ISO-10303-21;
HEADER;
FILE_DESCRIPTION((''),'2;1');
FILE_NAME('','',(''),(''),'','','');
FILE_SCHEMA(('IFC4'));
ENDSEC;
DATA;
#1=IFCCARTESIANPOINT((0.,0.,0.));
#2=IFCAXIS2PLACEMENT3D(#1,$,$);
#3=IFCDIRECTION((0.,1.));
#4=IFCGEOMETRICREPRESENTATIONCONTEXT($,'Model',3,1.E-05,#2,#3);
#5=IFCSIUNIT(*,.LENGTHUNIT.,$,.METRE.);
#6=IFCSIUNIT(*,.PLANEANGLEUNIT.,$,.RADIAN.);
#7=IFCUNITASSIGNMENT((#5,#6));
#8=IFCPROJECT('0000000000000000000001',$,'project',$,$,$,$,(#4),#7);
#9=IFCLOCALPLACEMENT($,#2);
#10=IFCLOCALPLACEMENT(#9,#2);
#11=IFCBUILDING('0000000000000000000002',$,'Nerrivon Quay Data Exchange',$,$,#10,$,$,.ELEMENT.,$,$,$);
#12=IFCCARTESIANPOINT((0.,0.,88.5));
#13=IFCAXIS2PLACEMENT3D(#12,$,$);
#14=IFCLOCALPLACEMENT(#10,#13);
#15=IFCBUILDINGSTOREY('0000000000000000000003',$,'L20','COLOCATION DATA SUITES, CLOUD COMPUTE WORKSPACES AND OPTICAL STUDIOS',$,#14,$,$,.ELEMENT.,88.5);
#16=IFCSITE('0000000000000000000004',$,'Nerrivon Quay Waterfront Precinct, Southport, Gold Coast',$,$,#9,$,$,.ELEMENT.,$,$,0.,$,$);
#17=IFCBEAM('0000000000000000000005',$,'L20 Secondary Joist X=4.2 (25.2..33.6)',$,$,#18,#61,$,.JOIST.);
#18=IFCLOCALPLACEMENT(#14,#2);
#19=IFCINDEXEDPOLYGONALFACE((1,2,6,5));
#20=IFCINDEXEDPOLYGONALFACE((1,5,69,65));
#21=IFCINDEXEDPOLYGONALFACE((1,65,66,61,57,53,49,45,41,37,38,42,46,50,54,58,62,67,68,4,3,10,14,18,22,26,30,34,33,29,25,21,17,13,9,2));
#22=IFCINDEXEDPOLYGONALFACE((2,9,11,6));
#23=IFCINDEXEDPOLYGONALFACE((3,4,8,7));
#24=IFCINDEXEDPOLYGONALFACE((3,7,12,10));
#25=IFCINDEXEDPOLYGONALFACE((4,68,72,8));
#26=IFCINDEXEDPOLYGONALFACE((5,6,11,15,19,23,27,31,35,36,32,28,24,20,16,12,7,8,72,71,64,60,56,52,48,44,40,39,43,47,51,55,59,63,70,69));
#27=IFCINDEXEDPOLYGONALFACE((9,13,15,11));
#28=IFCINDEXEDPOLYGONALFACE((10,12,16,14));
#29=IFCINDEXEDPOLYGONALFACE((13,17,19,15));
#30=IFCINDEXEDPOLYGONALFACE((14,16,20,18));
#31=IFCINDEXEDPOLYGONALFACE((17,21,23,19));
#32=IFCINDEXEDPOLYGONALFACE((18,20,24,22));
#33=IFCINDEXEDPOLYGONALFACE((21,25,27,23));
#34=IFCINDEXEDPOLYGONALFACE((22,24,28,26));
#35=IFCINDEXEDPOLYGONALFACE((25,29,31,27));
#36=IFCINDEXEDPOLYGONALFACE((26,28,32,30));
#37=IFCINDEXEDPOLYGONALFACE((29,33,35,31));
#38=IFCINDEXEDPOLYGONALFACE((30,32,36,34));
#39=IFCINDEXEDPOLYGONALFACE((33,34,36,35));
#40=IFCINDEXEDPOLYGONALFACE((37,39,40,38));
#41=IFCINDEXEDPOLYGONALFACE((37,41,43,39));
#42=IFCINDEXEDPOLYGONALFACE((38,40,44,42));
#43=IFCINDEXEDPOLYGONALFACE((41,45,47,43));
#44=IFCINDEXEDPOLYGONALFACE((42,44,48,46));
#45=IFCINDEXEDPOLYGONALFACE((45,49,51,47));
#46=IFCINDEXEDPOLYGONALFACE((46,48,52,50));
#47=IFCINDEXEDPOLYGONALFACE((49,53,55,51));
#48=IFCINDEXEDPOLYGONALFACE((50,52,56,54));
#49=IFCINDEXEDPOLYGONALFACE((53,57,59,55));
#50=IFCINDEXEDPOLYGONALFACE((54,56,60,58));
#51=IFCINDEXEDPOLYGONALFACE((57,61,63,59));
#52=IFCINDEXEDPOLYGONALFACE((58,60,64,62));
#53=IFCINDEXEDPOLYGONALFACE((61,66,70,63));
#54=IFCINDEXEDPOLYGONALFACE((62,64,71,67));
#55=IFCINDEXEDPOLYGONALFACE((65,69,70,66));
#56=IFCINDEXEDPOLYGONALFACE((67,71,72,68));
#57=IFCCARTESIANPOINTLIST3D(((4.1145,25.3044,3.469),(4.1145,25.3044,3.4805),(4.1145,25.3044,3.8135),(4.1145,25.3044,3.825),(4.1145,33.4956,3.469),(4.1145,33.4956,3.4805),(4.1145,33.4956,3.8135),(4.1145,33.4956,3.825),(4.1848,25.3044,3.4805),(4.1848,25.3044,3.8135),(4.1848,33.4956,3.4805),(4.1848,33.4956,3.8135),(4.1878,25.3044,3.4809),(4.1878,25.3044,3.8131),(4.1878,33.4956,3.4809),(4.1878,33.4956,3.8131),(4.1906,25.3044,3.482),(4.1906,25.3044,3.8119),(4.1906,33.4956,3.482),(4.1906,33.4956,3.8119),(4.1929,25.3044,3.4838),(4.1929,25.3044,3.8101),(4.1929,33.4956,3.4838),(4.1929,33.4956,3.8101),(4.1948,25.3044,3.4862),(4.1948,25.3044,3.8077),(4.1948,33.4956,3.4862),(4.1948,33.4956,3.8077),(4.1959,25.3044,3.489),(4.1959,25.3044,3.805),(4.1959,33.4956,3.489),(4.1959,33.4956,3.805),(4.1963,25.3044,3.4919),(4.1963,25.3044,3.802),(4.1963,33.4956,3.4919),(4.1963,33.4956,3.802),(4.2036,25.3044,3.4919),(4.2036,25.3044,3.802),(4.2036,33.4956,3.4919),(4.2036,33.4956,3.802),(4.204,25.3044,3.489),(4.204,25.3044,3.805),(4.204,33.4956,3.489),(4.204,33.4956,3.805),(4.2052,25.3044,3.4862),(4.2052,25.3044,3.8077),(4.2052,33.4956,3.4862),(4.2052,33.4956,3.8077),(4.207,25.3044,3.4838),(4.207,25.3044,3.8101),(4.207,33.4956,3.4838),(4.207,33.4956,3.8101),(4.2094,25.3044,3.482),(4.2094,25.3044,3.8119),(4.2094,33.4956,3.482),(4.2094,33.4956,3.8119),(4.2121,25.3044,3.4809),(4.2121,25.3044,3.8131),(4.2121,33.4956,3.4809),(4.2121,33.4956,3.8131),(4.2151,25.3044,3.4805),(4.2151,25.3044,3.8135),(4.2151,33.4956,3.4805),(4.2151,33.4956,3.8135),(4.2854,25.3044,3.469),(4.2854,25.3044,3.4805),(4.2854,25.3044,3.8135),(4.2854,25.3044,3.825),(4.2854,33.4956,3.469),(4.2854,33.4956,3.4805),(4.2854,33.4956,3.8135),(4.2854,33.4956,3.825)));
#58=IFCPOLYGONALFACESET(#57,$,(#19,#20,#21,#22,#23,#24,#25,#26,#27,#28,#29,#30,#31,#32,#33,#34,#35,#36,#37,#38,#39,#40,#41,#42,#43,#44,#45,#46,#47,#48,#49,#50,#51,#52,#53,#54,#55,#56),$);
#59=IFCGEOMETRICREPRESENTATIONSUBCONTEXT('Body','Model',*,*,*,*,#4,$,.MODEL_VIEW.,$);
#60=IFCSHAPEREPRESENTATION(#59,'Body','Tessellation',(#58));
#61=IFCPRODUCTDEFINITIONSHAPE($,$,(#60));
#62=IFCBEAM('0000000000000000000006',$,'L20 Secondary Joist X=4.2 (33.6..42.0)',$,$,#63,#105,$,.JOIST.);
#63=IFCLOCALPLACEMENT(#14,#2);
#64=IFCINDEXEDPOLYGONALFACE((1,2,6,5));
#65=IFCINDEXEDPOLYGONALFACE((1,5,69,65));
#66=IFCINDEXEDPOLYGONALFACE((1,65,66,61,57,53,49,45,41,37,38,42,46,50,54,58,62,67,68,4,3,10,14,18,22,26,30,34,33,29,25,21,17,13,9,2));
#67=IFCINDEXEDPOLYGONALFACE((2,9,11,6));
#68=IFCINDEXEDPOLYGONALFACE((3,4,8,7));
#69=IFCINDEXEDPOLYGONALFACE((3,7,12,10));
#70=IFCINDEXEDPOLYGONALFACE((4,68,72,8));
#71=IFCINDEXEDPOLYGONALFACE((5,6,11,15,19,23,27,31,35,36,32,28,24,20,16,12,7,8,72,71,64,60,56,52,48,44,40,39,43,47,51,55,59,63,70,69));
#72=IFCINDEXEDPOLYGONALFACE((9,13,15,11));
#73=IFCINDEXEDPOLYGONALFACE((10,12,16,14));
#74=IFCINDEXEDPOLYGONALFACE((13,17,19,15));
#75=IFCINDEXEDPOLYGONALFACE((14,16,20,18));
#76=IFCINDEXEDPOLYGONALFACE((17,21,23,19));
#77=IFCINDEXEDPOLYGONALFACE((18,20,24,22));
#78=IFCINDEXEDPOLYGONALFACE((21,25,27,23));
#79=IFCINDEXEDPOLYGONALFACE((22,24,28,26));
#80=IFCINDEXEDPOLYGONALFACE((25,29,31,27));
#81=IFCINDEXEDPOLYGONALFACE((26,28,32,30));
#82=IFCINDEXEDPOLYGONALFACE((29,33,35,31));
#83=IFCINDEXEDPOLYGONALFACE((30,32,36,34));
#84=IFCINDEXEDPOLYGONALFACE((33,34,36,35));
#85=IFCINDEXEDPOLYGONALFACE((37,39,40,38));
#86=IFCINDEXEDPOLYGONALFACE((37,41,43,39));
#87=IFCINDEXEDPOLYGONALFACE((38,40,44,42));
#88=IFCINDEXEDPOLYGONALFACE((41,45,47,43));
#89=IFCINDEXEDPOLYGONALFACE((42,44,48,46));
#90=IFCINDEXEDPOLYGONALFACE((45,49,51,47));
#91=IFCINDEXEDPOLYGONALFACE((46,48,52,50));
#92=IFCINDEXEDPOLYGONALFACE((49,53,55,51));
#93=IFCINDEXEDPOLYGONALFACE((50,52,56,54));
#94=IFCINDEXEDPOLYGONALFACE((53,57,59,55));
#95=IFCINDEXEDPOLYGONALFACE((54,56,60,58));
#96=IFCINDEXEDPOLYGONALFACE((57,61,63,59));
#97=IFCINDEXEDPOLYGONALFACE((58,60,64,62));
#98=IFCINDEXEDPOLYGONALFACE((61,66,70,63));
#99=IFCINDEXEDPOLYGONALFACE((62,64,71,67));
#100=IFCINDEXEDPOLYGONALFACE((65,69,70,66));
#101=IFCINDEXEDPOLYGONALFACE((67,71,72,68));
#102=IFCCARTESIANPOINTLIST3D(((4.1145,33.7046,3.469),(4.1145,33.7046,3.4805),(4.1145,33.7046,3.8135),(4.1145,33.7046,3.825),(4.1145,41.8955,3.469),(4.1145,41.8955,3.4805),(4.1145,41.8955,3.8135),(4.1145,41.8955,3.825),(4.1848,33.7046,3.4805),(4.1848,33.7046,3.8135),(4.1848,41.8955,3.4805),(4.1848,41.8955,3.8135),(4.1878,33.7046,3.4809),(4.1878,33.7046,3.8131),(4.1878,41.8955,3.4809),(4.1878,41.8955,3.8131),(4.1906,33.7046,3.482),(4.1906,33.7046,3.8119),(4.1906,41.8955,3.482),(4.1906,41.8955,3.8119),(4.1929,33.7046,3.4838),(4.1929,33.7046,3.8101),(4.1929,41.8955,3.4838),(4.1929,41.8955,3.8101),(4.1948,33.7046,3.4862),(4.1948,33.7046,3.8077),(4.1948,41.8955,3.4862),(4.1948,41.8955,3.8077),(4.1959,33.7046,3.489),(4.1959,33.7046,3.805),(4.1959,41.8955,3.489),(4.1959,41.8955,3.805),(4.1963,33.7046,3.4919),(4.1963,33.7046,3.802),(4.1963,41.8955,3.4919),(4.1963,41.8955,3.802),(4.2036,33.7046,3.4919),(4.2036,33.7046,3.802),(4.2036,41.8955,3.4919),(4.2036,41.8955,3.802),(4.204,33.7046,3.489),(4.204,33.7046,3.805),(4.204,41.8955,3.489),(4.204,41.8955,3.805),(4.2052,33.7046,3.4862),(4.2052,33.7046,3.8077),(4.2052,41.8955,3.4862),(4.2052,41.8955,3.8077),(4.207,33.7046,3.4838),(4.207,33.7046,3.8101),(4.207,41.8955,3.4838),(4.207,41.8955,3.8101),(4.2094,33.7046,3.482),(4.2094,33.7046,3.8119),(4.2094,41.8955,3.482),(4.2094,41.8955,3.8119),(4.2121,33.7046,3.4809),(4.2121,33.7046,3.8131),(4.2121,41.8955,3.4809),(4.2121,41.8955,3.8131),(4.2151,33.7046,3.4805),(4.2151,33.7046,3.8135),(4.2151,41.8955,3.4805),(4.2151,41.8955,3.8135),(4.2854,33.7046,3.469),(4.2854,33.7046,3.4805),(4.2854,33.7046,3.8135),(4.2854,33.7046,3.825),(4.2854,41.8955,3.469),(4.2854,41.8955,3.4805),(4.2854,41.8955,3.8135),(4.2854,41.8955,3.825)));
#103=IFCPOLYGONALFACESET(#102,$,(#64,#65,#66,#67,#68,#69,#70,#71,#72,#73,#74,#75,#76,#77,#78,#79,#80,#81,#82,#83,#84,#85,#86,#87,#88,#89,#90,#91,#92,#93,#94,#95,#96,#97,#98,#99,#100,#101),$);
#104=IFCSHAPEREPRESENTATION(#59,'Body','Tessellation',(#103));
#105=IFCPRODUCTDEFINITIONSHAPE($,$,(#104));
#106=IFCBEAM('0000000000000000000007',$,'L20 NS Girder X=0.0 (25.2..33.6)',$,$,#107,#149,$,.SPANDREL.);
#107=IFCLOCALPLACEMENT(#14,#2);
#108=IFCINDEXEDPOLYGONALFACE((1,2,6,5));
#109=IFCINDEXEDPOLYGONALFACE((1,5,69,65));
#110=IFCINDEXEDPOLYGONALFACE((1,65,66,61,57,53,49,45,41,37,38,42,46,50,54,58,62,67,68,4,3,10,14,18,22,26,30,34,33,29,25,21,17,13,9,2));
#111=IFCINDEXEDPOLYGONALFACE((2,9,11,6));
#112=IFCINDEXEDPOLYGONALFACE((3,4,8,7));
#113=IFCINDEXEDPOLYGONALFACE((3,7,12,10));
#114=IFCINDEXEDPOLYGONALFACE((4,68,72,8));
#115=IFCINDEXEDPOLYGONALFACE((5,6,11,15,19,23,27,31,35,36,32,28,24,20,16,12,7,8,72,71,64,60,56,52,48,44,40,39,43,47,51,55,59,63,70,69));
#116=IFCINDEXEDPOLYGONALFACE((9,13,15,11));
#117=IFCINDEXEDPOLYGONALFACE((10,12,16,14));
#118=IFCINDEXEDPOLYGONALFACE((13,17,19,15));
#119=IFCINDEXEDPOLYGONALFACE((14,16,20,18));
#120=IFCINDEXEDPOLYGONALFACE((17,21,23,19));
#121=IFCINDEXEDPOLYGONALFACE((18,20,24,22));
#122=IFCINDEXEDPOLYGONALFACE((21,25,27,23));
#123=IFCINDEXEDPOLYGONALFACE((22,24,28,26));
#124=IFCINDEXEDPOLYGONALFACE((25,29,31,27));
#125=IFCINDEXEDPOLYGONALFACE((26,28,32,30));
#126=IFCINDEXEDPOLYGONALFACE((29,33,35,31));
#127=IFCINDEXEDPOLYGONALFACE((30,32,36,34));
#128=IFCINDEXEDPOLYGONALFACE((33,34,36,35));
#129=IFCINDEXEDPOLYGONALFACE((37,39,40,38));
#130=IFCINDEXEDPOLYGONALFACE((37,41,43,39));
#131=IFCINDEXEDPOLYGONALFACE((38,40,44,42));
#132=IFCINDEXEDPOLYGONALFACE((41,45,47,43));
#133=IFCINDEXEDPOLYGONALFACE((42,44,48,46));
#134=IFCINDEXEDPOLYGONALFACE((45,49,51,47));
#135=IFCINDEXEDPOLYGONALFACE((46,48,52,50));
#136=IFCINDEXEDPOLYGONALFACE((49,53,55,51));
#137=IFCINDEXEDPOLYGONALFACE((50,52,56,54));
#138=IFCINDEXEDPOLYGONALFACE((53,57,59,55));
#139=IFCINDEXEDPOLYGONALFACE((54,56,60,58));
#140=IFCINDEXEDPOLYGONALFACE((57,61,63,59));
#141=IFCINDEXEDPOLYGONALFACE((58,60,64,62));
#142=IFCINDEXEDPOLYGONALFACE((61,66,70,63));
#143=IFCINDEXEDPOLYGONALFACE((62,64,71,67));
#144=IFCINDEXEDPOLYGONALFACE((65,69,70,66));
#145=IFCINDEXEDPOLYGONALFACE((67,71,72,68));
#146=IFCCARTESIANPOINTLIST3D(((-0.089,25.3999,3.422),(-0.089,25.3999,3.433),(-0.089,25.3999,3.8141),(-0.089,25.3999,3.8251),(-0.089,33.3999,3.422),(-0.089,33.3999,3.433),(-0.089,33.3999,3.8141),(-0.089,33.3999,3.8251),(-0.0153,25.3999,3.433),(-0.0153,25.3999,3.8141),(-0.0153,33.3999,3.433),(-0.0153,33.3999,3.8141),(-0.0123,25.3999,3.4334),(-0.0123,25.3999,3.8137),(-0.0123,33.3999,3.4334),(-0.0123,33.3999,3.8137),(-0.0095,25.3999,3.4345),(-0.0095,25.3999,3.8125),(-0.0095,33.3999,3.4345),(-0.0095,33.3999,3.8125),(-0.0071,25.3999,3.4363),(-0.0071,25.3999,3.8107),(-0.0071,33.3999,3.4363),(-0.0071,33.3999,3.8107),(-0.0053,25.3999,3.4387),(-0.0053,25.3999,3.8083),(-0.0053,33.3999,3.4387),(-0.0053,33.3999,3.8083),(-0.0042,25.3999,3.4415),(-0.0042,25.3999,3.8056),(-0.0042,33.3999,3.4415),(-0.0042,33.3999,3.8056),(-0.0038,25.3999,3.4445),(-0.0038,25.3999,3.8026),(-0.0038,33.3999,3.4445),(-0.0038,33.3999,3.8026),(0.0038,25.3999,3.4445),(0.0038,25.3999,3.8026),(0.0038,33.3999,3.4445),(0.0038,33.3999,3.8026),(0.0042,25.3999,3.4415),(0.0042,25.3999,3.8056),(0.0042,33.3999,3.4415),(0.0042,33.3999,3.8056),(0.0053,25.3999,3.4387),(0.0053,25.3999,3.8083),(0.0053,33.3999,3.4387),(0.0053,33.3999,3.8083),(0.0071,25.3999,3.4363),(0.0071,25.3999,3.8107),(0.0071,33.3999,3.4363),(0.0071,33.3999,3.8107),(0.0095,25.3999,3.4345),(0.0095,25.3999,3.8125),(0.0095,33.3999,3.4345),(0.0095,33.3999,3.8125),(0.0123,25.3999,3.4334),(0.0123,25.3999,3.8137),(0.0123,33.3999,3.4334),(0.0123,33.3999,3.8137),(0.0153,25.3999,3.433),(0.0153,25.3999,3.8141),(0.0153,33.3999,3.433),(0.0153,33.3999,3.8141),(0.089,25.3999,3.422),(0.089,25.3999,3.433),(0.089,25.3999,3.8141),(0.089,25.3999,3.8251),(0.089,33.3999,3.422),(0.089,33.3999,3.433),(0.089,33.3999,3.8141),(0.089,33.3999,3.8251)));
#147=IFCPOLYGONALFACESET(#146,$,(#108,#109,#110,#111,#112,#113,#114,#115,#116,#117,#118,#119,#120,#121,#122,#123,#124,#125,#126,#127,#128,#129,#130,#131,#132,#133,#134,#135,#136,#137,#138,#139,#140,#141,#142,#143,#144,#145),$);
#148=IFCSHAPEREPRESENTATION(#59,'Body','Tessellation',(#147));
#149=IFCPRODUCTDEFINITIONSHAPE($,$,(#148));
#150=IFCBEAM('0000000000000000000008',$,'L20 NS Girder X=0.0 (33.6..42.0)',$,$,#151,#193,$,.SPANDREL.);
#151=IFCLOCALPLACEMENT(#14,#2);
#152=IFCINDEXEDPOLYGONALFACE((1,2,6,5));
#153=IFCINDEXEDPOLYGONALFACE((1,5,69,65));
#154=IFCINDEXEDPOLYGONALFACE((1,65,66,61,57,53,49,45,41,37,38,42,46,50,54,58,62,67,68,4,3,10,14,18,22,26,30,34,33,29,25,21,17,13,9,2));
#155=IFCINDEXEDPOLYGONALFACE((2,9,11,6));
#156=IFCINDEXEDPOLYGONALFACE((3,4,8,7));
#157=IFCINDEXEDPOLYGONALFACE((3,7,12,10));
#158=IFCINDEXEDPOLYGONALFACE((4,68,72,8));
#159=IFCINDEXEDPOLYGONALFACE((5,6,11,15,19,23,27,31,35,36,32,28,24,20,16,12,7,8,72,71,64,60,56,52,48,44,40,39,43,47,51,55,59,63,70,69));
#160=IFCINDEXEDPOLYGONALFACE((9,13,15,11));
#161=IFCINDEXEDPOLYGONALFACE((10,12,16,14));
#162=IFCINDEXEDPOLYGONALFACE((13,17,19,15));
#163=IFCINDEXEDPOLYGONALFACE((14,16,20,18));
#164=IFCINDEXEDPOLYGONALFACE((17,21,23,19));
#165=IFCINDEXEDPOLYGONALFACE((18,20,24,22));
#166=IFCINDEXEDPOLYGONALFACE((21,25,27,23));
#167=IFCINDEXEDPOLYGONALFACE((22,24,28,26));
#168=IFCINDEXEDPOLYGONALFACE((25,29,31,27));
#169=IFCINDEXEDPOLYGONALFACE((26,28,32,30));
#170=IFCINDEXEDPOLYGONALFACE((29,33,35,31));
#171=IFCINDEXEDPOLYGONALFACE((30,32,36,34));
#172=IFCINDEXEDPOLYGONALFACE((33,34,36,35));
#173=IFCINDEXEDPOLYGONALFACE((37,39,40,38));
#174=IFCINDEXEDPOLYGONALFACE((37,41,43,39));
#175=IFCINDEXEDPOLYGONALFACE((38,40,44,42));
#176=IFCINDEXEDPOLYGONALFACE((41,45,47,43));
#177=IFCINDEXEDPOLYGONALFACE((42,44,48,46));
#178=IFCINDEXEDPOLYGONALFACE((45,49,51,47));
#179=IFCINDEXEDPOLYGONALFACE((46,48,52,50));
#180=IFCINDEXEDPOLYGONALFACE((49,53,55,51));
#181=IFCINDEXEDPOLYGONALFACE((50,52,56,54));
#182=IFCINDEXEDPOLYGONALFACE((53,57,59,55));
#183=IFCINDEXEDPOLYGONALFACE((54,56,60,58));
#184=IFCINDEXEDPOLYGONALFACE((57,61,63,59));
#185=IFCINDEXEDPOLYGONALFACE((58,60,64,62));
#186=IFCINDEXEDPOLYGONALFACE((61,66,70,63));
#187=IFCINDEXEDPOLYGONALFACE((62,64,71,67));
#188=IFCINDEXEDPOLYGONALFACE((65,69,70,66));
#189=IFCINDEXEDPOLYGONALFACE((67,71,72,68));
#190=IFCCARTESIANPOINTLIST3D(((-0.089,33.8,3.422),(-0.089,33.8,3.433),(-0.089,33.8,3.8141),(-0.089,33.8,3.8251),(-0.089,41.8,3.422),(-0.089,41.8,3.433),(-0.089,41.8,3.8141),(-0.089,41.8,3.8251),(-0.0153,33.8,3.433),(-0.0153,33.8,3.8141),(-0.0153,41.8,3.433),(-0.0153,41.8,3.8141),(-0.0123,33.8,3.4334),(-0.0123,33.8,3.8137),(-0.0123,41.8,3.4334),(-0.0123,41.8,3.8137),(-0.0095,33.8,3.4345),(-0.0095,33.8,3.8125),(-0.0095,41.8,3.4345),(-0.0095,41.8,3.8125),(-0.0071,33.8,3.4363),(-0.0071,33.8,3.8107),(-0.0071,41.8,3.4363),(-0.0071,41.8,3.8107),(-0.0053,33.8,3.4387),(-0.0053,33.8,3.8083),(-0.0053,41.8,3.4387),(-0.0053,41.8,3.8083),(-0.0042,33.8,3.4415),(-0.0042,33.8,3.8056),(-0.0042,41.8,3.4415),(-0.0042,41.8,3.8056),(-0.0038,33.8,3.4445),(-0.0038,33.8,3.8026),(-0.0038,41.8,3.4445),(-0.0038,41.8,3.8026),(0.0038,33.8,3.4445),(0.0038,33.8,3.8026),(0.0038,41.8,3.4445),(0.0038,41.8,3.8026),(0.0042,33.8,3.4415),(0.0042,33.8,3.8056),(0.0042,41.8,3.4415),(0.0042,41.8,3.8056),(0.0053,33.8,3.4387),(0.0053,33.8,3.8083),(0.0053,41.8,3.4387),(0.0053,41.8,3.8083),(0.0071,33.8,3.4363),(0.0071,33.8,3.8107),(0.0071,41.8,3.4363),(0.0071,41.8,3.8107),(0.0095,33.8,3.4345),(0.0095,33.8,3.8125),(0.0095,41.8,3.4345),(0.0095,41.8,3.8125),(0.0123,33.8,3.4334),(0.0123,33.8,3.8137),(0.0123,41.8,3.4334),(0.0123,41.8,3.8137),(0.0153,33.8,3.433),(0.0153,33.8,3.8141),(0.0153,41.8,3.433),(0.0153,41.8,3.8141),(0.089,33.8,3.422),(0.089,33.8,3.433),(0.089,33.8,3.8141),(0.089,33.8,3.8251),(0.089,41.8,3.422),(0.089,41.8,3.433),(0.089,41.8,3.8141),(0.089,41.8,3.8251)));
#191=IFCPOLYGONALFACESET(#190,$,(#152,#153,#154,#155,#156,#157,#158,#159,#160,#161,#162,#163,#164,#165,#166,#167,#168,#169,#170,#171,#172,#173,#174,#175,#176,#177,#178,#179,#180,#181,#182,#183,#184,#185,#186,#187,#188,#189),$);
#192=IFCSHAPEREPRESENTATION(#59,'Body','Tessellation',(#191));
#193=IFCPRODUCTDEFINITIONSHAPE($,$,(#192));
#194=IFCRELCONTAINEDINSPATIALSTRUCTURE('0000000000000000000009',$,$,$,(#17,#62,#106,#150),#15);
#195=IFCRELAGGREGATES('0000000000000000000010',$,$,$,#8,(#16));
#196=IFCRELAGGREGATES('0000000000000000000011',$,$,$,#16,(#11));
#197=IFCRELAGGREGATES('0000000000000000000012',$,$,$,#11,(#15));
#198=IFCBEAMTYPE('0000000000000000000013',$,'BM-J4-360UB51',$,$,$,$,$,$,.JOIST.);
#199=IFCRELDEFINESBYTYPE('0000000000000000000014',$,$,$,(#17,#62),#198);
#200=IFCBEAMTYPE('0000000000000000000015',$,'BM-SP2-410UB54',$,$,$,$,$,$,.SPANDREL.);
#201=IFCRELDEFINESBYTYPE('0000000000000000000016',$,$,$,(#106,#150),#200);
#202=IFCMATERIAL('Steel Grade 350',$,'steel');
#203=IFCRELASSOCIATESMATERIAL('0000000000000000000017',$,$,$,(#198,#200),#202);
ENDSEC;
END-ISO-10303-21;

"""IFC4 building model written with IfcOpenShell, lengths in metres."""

from ifc_helpers import new_model, si_unit, direction, frame, origin, origin_2d, place, context, subcontext, project, spatial, i_section, extrude, material, material_profile, profile_set, type_object, element, save


model = new_model("IFC4")

# Units and contexts
model_context = context("Model", 3, precision=1e-05, world=origin(), true_north=direction((0.0, 1.0)))
body_context = subcontext(model_context, "Body", "Model", "MODEL_VIEW")
ifc_project = project(units=[si_unit("LENGTHUNIT", "METRE"), si_unit("PLANEANGLEUNIT", "RADIAN")], contexts=[model_context])

# Site, building, storey
site_placement = place(None, origin())
site = spatial("IfcSite", under=ifc_project, at=site_placement, Name="Nerrivon Quay Waterfront Precinct, Southport, Gold Coast", CompositionType="ELEMENT", RefElevation=0.0)
building_placement = place(site_placement, origin())
building = spatial("IfcBuilding", under=site, at=building_placement, Name="Nerrivon Quay Data Exchange", CompositionType="ELEMENT")
storey_placement = place(building_placement, frame((0.0, 0.0, 88.5)))
storey = spatial("IfcBuildingStorey", under=building, at=storey_placement, Name="L20", Description="COLOCATION DATA SUITES, CLOUD COMPUTE WORKSPACES AND OPTICAL STUDIOS", CompositionType="ELEMENT", Elevation=88.5)

# Shared definitions
ifc_material_1 = material(Name="Steel Grade 350", Category="steel")

# Beams
ifc_material_profile_1 = material_profile(ifc_material_1, i_section(OverallWidth=0.1709, OverallDepth=0.356, WebThickness=0.0073, FlangeThickness=0.0115, FilletRadius=0.0115, at=origin_2d()), Name="360UB50.7")
ifc_profile_set_1 = profile_set([ifc_material_profile_1], Name="Steel Grade 350")
beam_type_1 = type_object("IfcBeamType", Name="BM-J4-360UB51", PredefinedType="JOIST", material=ifc_profile_set_1)
beam_1_placement = place(storey_placement, frame((4.2, 25.3044, 3.647), z_axis=(0.0, 1.0, 0.0), x_axis=(-1.0, 0.0, 0.0)))
element("IfcBeam", 1, at=beam_1_placement, inside=storey, type_object=beam_type_1, Name="L20 Secondary Joist X=4.2 (25.2..33.6)", PredefinedType="JOIST", context=body_context, shape_type="SweptSolid", body=[
    extrude(i_section(OverallWidth=0.1709, OverallDepth=0.356, WebThickness=0.0073, FlangeThickness=0.0115, FilletRadius=0.0115, at=origin_2d()), origin(), (0.0, 0.0, 1.0), 8.1912),
])
beam_2_placement = place(storey_placement, frame((4.2, 33.7046, 3.647), z_axis=(0.0, 1.0, 0.0), x_axis=(-1.0, 0.0, 0.0)))
element("IfcBeam", 2, at=beam_2_placement, inside=storey, type_object=beam_type_1, Name="L20 Secondary Joist X=4.2 (33.6..42.0)", PredefinedType="JOIST", context=body_context, shape_type="SweptSolid", body=[
    extrude(i_section(OverallWidth=0.1709, OverallDepth=0.356, WebThickness=0.0073, FlangeThickness=0.0115, FilletRadius=0.0115, at=origin_2d()), origin(), (0.0, 0.0, 1.0), 8.1909),
])
ifc_material_profile_2 = material_profile(ifc_material_1, i_section(OverallWidth=0.178, OverallDepth=0.4031, WebThickness=0.0076, FlangeThickness=0.011, FilletRadius=0.0115, at=origin_2d()), Name="410UB53.7")
ifc_profile_set_2 = profile_set([ifc_material_profile_2], Name="Steel Grade 350")
beam_type_2 = type_object("IfcBeamType", Name="BM-SP2-410UB54", PredefinedType="SPANDREL", material=ifc_profile_set_2)
for number, where, z_axis, x_axis, name in (
    (3, (0.0, 25.3999, 3.6235), (0.0, 1.0, 0.0), (-1.0, 0.0, 0.0), "L20 NS Girder X=0.0 (25.2..33.6)"),
    (4, (0.0, 33.8, 3.6235), (0.0, 1.0, 0.0), (-1.0, 0.0, 0.0), "L20 NS Girder X=0.0 (33.6..42.0)"),
):
    element("IfcBeam", number, at=place(storey_placement, frame(where, z_axis=z_axis, x_axis=x_axis)), inside=storey, type_object=beam_type_2, Name=name, PredefinedType="SPANDREL", context=body_context, shape_type="SweptSolid", body=[
        extrude(i_section(OverallWidth=0.178, OverallDepth=0.4031, WebThickness=0.0076, FlangeThickness=0.011, FilletRadius=0.0115, at=origin_2d()), origin(), (0.0, 0.0, 1.0), 8.0),
    ])

save(model, "model.ifc")
